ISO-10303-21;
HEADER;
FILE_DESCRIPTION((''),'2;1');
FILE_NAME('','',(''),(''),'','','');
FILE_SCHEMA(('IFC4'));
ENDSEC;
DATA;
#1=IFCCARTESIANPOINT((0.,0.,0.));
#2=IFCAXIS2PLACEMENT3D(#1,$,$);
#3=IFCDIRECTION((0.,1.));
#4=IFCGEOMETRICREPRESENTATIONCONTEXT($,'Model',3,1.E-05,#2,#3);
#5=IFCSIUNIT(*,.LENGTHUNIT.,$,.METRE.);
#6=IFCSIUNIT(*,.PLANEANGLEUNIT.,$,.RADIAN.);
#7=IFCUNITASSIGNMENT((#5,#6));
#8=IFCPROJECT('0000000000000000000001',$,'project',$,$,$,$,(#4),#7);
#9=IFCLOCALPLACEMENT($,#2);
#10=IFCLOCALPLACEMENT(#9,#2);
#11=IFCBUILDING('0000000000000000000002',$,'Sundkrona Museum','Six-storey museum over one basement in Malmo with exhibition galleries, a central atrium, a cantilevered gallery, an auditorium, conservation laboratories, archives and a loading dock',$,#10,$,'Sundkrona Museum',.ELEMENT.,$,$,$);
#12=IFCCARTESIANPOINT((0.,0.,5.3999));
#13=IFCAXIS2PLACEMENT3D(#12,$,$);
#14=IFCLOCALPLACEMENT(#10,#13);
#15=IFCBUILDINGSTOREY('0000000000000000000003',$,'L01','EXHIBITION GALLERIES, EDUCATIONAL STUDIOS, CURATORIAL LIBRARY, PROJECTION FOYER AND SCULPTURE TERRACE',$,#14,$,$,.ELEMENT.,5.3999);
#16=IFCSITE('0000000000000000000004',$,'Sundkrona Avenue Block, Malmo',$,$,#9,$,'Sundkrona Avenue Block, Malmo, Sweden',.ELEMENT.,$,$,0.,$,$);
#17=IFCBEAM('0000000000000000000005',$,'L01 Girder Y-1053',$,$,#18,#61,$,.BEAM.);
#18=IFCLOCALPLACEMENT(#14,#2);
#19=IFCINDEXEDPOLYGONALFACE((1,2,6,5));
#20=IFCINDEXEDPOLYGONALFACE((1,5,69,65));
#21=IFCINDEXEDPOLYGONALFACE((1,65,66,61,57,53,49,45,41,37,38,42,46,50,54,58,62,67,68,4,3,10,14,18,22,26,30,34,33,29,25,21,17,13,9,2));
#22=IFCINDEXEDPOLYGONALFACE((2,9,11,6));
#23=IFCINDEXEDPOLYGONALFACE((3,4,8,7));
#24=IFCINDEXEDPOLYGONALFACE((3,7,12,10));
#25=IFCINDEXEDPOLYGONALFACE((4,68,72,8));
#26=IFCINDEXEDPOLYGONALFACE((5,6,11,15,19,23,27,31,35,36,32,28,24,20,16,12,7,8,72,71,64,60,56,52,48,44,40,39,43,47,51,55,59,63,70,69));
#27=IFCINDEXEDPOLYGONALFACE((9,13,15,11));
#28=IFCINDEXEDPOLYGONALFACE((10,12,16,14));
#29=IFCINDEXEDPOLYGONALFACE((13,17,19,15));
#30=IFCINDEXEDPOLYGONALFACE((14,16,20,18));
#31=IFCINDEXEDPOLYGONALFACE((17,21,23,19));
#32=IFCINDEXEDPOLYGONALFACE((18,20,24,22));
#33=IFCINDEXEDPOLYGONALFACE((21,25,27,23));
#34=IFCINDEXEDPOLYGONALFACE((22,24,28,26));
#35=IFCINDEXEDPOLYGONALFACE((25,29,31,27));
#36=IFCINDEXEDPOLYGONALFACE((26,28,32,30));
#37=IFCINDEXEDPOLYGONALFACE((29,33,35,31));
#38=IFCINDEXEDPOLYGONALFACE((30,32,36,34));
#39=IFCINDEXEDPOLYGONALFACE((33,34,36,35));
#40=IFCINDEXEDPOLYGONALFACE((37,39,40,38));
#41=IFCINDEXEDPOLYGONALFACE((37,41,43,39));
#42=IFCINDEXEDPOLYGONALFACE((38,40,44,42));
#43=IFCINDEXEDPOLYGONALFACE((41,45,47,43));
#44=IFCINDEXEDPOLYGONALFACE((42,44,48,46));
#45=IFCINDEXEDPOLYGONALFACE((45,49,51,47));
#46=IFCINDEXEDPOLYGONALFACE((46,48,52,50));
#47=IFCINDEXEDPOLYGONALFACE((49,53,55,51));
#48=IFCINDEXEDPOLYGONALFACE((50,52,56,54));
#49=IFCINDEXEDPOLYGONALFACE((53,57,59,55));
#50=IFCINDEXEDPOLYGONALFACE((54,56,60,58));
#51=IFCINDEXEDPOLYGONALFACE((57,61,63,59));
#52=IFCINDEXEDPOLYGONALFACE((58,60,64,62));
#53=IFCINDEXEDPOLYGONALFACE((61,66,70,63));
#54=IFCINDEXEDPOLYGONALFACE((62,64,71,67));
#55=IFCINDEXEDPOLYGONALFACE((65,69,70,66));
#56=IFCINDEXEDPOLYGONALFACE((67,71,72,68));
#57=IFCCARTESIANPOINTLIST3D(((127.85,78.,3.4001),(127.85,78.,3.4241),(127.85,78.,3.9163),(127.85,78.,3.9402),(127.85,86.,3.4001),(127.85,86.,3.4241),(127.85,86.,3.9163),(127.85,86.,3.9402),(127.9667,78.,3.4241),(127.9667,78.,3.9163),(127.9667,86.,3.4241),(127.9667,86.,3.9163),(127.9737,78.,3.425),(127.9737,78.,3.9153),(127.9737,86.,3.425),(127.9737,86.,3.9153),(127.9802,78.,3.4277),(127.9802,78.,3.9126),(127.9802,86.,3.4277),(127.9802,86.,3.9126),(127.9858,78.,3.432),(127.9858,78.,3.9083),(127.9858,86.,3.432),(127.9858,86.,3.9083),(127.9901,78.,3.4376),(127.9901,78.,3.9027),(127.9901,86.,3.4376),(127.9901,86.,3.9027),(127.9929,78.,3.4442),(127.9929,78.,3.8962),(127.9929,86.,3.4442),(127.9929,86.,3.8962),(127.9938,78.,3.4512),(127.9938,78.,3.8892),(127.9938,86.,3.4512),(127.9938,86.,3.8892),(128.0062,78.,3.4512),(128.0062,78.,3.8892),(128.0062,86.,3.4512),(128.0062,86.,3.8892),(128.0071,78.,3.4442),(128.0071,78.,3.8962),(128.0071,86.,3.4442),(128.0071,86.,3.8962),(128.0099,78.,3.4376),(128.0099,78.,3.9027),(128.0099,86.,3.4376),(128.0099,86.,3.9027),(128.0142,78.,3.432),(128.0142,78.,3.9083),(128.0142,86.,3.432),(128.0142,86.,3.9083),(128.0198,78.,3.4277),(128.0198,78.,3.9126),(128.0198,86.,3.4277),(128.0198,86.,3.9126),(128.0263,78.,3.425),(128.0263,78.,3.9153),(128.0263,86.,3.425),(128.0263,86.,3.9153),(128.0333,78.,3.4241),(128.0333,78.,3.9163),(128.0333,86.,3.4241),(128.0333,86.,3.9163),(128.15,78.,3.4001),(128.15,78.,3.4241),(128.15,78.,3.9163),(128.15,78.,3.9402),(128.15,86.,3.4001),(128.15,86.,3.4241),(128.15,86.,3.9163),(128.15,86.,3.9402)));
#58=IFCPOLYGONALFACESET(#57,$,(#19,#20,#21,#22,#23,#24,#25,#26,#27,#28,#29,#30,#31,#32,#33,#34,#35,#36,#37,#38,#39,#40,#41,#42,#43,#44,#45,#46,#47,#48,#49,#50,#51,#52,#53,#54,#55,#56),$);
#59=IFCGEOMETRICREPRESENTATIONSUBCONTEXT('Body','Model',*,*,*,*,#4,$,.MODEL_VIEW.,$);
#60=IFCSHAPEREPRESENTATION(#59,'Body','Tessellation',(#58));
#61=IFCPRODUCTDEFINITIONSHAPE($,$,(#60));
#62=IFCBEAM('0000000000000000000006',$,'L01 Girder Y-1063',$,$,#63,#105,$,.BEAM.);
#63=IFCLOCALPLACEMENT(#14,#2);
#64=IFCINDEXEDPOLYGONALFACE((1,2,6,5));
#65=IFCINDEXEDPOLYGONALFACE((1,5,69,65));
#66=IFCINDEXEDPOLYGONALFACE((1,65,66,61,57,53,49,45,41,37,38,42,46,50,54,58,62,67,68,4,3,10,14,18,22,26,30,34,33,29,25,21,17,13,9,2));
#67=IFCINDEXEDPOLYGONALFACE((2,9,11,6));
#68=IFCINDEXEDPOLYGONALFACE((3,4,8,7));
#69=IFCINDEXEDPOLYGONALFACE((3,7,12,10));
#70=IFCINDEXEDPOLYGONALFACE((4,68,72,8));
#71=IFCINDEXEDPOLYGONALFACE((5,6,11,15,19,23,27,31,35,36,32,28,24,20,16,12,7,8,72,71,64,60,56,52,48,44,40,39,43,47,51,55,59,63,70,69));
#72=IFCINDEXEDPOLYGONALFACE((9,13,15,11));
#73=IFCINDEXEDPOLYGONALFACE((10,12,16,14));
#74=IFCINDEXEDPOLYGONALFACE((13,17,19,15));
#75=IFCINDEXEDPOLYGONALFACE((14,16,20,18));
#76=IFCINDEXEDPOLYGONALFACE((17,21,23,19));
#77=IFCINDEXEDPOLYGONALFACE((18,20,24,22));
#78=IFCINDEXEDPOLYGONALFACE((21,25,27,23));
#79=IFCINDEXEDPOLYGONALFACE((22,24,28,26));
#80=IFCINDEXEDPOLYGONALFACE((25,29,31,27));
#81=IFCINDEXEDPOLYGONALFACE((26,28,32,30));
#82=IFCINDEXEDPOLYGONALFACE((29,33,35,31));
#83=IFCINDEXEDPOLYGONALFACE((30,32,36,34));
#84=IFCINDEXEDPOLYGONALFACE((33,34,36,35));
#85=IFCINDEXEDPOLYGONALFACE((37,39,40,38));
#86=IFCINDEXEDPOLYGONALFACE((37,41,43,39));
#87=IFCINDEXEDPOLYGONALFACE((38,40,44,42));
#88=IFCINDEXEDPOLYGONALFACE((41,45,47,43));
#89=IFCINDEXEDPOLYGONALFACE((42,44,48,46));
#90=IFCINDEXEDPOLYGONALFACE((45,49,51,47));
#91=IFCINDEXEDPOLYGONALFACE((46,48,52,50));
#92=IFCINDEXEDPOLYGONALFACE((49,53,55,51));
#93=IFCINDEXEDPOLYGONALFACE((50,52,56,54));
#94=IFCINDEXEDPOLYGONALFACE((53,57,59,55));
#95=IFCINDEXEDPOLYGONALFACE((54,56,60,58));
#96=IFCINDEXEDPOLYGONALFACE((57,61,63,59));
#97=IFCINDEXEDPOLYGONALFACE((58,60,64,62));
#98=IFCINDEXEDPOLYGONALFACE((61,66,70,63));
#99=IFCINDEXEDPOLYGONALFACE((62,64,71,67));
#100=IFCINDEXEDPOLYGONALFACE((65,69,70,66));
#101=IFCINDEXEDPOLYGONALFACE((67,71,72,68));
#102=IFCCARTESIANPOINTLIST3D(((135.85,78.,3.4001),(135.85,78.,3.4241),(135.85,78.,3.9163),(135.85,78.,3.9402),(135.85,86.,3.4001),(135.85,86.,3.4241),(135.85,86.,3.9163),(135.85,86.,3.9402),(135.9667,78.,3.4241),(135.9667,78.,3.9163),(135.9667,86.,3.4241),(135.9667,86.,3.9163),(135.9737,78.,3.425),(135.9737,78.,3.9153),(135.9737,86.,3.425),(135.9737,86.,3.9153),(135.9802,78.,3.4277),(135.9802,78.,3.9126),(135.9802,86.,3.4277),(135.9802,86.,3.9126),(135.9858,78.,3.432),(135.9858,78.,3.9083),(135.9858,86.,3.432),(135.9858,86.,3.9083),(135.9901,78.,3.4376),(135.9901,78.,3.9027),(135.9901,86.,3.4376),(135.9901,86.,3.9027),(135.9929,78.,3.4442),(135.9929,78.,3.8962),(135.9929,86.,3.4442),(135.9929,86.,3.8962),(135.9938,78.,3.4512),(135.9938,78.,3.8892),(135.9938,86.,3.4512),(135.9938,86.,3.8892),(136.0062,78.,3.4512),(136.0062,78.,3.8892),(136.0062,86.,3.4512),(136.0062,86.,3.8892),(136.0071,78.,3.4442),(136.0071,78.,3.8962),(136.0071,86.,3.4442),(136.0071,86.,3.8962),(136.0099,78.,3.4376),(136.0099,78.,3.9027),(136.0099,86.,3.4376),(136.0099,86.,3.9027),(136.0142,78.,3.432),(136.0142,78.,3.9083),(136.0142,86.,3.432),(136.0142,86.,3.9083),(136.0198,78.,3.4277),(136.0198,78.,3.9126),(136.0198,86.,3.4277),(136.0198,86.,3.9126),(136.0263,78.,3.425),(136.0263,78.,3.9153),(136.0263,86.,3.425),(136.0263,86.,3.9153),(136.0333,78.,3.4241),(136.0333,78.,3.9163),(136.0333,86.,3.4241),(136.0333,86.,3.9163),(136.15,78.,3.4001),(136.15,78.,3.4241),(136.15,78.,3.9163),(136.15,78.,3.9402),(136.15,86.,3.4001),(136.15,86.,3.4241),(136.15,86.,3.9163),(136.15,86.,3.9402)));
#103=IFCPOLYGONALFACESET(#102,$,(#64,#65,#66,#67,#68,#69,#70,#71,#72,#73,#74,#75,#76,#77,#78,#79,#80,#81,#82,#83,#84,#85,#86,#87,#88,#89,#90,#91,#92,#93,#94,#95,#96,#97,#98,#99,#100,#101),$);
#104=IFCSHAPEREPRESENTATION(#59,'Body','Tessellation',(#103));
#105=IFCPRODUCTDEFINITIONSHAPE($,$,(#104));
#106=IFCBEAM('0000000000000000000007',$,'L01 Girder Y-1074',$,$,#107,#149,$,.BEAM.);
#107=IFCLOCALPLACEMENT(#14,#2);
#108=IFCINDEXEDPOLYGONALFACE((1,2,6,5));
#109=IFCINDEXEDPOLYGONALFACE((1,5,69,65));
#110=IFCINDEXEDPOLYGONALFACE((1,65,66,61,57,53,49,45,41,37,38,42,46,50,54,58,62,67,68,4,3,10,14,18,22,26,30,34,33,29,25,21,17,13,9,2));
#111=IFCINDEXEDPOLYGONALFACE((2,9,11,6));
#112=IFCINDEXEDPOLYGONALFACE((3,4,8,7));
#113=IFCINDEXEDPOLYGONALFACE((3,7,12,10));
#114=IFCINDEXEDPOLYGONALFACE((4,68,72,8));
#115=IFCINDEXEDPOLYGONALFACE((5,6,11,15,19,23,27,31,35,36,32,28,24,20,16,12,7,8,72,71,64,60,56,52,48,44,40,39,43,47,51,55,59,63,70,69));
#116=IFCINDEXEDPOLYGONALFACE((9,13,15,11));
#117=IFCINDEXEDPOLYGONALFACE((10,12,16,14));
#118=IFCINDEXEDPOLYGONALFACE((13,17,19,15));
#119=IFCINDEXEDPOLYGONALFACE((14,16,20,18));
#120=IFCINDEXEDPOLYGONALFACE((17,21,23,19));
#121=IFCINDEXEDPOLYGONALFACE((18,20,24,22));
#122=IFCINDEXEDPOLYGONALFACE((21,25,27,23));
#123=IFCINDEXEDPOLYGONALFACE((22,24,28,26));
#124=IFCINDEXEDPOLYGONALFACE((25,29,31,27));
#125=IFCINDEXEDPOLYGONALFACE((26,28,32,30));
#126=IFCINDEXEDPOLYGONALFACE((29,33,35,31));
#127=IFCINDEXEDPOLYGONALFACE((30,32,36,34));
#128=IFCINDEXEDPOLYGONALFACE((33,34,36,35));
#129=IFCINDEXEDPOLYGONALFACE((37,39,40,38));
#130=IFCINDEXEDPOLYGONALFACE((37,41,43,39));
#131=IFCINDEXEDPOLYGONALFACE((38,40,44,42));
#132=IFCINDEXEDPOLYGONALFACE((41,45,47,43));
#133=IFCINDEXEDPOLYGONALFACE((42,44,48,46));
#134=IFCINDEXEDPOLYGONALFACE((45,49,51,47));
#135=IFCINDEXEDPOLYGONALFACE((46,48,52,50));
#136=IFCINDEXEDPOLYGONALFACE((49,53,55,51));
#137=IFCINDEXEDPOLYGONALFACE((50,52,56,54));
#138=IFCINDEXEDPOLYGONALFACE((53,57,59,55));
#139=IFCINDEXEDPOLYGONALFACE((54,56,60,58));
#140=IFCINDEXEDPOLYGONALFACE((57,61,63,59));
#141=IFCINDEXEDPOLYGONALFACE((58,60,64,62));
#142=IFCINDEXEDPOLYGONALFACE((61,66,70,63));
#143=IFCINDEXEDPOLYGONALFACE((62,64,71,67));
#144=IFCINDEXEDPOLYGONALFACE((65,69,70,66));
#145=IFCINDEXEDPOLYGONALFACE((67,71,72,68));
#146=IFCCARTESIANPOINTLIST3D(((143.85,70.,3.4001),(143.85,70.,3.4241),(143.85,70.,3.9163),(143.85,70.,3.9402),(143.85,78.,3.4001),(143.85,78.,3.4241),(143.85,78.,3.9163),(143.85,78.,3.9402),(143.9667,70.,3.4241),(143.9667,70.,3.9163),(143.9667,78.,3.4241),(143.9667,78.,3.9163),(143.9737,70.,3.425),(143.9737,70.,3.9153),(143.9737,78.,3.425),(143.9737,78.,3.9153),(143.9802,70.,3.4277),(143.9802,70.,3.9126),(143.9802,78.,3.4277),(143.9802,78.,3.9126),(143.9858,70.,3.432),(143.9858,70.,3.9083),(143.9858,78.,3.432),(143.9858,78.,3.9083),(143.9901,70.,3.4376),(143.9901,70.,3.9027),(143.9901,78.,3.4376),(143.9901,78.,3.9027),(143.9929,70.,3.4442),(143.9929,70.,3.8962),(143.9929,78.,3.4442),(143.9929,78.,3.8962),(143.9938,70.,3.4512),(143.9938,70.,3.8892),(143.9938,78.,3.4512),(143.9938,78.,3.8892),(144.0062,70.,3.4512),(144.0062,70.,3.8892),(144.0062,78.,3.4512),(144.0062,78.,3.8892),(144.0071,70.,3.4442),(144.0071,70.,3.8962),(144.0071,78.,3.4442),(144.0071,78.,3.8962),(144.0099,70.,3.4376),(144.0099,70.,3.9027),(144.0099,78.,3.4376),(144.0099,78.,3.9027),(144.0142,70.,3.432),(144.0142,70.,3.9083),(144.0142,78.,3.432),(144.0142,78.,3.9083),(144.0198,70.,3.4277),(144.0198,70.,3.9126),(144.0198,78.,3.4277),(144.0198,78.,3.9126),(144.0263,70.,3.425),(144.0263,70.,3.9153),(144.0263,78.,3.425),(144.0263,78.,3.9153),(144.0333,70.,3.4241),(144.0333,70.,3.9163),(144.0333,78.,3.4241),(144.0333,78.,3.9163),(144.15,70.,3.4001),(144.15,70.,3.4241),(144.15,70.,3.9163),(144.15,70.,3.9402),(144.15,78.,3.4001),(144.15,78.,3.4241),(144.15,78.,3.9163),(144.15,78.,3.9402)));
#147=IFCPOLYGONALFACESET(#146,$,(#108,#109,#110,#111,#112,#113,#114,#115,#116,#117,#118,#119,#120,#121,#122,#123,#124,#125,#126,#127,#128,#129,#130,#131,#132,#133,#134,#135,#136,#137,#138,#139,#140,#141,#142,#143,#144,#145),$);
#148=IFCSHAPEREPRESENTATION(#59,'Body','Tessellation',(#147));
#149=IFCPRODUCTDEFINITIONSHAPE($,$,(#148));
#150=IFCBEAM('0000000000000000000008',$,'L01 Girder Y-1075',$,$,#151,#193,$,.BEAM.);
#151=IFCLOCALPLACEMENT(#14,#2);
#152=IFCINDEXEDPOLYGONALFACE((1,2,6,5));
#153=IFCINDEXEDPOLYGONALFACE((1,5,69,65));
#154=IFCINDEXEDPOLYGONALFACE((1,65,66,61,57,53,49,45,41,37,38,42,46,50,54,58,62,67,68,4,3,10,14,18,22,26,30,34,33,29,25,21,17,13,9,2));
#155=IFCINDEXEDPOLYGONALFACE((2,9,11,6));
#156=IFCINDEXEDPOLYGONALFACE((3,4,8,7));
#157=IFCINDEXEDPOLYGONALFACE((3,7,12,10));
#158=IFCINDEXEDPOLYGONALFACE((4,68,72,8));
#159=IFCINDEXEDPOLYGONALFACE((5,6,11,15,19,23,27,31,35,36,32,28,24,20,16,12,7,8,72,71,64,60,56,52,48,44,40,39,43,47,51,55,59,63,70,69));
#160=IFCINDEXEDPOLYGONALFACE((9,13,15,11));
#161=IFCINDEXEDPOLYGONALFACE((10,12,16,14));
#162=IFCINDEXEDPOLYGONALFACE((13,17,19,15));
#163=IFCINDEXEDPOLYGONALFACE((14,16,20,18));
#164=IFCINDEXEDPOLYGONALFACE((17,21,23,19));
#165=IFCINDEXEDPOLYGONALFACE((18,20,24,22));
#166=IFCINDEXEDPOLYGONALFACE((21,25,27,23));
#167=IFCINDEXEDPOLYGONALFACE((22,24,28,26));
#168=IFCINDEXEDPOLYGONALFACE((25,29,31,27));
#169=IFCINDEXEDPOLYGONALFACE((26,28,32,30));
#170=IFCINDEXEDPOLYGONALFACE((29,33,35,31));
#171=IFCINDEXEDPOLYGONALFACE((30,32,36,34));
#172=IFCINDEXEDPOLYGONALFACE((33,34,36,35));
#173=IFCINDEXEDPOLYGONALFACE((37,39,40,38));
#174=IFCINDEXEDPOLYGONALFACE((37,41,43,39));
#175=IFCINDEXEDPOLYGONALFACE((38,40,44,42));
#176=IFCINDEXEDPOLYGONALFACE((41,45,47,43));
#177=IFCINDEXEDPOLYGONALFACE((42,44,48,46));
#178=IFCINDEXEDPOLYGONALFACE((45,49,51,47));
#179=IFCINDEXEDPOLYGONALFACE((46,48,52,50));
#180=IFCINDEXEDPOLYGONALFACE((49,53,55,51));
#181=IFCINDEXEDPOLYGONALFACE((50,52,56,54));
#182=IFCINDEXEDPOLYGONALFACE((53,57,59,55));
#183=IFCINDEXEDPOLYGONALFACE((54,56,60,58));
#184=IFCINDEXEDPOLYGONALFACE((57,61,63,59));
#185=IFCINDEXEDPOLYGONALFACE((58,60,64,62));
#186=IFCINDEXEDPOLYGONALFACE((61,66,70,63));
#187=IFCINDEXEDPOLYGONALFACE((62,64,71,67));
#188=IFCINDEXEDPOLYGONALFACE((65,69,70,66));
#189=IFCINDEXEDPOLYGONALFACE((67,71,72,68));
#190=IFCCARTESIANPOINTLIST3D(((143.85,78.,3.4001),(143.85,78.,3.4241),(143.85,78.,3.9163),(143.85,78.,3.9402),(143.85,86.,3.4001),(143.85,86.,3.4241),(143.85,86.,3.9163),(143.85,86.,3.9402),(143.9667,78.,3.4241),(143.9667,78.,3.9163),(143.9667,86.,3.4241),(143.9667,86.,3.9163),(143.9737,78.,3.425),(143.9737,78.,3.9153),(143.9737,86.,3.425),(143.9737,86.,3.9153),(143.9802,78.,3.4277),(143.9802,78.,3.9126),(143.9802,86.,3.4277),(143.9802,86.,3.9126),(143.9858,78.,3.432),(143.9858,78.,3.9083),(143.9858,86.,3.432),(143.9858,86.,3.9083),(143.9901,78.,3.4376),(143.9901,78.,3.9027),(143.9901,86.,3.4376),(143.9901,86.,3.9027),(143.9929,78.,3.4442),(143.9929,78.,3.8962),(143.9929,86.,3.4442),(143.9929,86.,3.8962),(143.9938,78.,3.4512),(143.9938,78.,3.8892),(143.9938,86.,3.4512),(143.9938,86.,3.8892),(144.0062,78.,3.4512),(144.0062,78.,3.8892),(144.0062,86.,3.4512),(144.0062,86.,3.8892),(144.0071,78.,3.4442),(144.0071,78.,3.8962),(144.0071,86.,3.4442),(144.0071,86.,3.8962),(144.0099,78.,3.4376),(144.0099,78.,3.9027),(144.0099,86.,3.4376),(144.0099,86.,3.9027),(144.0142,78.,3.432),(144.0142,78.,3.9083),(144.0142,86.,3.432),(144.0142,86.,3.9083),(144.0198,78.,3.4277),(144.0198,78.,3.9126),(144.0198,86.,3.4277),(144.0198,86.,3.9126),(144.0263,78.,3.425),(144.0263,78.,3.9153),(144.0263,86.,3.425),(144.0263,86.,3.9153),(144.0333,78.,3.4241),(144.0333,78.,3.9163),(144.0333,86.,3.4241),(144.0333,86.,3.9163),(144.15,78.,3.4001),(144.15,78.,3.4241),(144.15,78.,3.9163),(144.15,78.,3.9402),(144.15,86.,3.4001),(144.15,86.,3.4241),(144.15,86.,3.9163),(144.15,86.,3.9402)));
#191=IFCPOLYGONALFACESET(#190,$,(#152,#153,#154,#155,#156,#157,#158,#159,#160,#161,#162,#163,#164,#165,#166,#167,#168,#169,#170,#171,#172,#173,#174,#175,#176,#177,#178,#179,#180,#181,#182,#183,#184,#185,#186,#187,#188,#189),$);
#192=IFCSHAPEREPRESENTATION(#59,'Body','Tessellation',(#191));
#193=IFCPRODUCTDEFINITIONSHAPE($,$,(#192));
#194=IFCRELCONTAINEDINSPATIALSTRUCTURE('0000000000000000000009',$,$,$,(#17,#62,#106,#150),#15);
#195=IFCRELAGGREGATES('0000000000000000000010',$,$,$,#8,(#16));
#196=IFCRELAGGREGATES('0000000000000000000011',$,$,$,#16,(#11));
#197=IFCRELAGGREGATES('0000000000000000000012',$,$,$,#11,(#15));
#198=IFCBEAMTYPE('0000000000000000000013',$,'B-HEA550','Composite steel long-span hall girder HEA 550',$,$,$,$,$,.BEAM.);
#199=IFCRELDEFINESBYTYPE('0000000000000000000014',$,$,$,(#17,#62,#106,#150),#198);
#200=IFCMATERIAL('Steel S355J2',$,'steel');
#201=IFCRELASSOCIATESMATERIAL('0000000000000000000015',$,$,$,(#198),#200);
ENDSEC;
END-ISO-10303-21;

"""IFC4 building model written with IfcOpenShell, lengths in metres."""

from ifc_helpers import new_model, si_unit, direction, frame, origin, origin_2d, place, context, subcontext, project, spatial, i_section, extrude, material, material_profile, profile_set, type_object, element, save


model = new_model("IFC4")

# Units and contexts
model_context = context("Model", 3, precision=1e-05, world=origin(), true_north=direction((0.0, 1.0)))
body_context = subcontext(model_context, "Body", "Model", "MODEL_VIEW")
ifc_project = project(units=[si_unit("LENGTHUNIT", "METRE"), si_unit("PLANEANGLEUNIT", "RADIAN")], contexts=[model_context])

# Site, building, storey
site_placement = place(None, origin())
site = spatial("IfcSite", under=ifc_project, at=site_placement, Name="Sundkrona Avenue Block, Malmo", LongName="Sundkrona Avenue Block, Malmo, Sweden", CompositionType="ELEMENT", RefElevation=0.0)
building_placement = place(site_placement, origin())
building = spatial("IfcBuilding", under=site, at=building_placement, Name="Sundkrona Museum", Description="Six-storey museum over one basement in Malmo with exhibition galleries, a central atrium, a cantilevered gallery, an auditorium, conservation laboratories, archives and a loading dock", LongName="Sundkrona Museum", CompositionType="ELEMENT")
storey_placement = place(building_placement, frame((0.0, 0.0, 5.3999)))
storey = spatial("IfcBuildingStorey", under=building, at=storey_placement, Name="L01", Description="EXHIBITION GALLERIES, EDUCATIONAL STUDIOS, CURATORIAL LIBRARY, PROJECTION FOYER AND SCULPTURE TERRACE", CompositionType="ELEMENT", Elevation=5.3999)

# Shared definitions
ifc_material_1 = material(Name="Steel S355J2", Category="steel")

# Beams
ifc_material_profile_1 = material_profile(ifc_material_1, i_section(OverallWidth=0.3, OverallDepth=0.54, WebThickness=0.0125, FlangeThickness=0.0239, FilletRadius=0.0271, at=origin_2d()), Name="HEA 550")
ifc_profile_set_1 = profile_set([ifc_material_profile_1], Name="Steel S355J2")
beam_type_1 = type_object("IfcBeamType", Name="B-HEA550", Description="Composite steel long-span hall girder HEA 550", PredefinedType="BEAM", material=ifc_profile_set_1)
for number, where, z_axis, x_axis, name in (
    (1, (128.0, 78.0, 3.6702), (0.0, 1.0, 0.0), (-1.0, 0.0, 0.0), "L01 Girder Y-1053"),
    (2, (136.0, 78.0, 3.6702), (0.0, 1.0, 0.0), (-1.0, 0.0, 0.0), "L01 Girder Y-1063"),
    (3, (144.0, 70.0, 3.6702), (0.0, 1.0, 0.0), (-1.0, 0.0, 0.0), "L01 Girder Y-1074"),
    (4, (144.0, 78.0, 3.6702), (0.0, 1.0, 0.0), (-1.0, 0.0, 0.0), "L01 Girder Y-1075"),
):
    element("IfcBeam", number, at=place(storey_placement, frame(where, z_axis=z_axis, x_axis=x_axis)), inside=storey, type_object=beam_type_1, Name=name, PredefinedType="BEAM", context=body_context, shape_type="SweptSolid", body=[
        extrude(i_section(OverallWidth=0.3, OverallDepth=0.54, WebThickness=0.0125, FlangeThickness=0.0239, FilletRadius=0.0271, at=origin_2d()), origin(), (0.0, 0.0, 1.0), 8.0),
    ])

save(model, "model.ifc")
